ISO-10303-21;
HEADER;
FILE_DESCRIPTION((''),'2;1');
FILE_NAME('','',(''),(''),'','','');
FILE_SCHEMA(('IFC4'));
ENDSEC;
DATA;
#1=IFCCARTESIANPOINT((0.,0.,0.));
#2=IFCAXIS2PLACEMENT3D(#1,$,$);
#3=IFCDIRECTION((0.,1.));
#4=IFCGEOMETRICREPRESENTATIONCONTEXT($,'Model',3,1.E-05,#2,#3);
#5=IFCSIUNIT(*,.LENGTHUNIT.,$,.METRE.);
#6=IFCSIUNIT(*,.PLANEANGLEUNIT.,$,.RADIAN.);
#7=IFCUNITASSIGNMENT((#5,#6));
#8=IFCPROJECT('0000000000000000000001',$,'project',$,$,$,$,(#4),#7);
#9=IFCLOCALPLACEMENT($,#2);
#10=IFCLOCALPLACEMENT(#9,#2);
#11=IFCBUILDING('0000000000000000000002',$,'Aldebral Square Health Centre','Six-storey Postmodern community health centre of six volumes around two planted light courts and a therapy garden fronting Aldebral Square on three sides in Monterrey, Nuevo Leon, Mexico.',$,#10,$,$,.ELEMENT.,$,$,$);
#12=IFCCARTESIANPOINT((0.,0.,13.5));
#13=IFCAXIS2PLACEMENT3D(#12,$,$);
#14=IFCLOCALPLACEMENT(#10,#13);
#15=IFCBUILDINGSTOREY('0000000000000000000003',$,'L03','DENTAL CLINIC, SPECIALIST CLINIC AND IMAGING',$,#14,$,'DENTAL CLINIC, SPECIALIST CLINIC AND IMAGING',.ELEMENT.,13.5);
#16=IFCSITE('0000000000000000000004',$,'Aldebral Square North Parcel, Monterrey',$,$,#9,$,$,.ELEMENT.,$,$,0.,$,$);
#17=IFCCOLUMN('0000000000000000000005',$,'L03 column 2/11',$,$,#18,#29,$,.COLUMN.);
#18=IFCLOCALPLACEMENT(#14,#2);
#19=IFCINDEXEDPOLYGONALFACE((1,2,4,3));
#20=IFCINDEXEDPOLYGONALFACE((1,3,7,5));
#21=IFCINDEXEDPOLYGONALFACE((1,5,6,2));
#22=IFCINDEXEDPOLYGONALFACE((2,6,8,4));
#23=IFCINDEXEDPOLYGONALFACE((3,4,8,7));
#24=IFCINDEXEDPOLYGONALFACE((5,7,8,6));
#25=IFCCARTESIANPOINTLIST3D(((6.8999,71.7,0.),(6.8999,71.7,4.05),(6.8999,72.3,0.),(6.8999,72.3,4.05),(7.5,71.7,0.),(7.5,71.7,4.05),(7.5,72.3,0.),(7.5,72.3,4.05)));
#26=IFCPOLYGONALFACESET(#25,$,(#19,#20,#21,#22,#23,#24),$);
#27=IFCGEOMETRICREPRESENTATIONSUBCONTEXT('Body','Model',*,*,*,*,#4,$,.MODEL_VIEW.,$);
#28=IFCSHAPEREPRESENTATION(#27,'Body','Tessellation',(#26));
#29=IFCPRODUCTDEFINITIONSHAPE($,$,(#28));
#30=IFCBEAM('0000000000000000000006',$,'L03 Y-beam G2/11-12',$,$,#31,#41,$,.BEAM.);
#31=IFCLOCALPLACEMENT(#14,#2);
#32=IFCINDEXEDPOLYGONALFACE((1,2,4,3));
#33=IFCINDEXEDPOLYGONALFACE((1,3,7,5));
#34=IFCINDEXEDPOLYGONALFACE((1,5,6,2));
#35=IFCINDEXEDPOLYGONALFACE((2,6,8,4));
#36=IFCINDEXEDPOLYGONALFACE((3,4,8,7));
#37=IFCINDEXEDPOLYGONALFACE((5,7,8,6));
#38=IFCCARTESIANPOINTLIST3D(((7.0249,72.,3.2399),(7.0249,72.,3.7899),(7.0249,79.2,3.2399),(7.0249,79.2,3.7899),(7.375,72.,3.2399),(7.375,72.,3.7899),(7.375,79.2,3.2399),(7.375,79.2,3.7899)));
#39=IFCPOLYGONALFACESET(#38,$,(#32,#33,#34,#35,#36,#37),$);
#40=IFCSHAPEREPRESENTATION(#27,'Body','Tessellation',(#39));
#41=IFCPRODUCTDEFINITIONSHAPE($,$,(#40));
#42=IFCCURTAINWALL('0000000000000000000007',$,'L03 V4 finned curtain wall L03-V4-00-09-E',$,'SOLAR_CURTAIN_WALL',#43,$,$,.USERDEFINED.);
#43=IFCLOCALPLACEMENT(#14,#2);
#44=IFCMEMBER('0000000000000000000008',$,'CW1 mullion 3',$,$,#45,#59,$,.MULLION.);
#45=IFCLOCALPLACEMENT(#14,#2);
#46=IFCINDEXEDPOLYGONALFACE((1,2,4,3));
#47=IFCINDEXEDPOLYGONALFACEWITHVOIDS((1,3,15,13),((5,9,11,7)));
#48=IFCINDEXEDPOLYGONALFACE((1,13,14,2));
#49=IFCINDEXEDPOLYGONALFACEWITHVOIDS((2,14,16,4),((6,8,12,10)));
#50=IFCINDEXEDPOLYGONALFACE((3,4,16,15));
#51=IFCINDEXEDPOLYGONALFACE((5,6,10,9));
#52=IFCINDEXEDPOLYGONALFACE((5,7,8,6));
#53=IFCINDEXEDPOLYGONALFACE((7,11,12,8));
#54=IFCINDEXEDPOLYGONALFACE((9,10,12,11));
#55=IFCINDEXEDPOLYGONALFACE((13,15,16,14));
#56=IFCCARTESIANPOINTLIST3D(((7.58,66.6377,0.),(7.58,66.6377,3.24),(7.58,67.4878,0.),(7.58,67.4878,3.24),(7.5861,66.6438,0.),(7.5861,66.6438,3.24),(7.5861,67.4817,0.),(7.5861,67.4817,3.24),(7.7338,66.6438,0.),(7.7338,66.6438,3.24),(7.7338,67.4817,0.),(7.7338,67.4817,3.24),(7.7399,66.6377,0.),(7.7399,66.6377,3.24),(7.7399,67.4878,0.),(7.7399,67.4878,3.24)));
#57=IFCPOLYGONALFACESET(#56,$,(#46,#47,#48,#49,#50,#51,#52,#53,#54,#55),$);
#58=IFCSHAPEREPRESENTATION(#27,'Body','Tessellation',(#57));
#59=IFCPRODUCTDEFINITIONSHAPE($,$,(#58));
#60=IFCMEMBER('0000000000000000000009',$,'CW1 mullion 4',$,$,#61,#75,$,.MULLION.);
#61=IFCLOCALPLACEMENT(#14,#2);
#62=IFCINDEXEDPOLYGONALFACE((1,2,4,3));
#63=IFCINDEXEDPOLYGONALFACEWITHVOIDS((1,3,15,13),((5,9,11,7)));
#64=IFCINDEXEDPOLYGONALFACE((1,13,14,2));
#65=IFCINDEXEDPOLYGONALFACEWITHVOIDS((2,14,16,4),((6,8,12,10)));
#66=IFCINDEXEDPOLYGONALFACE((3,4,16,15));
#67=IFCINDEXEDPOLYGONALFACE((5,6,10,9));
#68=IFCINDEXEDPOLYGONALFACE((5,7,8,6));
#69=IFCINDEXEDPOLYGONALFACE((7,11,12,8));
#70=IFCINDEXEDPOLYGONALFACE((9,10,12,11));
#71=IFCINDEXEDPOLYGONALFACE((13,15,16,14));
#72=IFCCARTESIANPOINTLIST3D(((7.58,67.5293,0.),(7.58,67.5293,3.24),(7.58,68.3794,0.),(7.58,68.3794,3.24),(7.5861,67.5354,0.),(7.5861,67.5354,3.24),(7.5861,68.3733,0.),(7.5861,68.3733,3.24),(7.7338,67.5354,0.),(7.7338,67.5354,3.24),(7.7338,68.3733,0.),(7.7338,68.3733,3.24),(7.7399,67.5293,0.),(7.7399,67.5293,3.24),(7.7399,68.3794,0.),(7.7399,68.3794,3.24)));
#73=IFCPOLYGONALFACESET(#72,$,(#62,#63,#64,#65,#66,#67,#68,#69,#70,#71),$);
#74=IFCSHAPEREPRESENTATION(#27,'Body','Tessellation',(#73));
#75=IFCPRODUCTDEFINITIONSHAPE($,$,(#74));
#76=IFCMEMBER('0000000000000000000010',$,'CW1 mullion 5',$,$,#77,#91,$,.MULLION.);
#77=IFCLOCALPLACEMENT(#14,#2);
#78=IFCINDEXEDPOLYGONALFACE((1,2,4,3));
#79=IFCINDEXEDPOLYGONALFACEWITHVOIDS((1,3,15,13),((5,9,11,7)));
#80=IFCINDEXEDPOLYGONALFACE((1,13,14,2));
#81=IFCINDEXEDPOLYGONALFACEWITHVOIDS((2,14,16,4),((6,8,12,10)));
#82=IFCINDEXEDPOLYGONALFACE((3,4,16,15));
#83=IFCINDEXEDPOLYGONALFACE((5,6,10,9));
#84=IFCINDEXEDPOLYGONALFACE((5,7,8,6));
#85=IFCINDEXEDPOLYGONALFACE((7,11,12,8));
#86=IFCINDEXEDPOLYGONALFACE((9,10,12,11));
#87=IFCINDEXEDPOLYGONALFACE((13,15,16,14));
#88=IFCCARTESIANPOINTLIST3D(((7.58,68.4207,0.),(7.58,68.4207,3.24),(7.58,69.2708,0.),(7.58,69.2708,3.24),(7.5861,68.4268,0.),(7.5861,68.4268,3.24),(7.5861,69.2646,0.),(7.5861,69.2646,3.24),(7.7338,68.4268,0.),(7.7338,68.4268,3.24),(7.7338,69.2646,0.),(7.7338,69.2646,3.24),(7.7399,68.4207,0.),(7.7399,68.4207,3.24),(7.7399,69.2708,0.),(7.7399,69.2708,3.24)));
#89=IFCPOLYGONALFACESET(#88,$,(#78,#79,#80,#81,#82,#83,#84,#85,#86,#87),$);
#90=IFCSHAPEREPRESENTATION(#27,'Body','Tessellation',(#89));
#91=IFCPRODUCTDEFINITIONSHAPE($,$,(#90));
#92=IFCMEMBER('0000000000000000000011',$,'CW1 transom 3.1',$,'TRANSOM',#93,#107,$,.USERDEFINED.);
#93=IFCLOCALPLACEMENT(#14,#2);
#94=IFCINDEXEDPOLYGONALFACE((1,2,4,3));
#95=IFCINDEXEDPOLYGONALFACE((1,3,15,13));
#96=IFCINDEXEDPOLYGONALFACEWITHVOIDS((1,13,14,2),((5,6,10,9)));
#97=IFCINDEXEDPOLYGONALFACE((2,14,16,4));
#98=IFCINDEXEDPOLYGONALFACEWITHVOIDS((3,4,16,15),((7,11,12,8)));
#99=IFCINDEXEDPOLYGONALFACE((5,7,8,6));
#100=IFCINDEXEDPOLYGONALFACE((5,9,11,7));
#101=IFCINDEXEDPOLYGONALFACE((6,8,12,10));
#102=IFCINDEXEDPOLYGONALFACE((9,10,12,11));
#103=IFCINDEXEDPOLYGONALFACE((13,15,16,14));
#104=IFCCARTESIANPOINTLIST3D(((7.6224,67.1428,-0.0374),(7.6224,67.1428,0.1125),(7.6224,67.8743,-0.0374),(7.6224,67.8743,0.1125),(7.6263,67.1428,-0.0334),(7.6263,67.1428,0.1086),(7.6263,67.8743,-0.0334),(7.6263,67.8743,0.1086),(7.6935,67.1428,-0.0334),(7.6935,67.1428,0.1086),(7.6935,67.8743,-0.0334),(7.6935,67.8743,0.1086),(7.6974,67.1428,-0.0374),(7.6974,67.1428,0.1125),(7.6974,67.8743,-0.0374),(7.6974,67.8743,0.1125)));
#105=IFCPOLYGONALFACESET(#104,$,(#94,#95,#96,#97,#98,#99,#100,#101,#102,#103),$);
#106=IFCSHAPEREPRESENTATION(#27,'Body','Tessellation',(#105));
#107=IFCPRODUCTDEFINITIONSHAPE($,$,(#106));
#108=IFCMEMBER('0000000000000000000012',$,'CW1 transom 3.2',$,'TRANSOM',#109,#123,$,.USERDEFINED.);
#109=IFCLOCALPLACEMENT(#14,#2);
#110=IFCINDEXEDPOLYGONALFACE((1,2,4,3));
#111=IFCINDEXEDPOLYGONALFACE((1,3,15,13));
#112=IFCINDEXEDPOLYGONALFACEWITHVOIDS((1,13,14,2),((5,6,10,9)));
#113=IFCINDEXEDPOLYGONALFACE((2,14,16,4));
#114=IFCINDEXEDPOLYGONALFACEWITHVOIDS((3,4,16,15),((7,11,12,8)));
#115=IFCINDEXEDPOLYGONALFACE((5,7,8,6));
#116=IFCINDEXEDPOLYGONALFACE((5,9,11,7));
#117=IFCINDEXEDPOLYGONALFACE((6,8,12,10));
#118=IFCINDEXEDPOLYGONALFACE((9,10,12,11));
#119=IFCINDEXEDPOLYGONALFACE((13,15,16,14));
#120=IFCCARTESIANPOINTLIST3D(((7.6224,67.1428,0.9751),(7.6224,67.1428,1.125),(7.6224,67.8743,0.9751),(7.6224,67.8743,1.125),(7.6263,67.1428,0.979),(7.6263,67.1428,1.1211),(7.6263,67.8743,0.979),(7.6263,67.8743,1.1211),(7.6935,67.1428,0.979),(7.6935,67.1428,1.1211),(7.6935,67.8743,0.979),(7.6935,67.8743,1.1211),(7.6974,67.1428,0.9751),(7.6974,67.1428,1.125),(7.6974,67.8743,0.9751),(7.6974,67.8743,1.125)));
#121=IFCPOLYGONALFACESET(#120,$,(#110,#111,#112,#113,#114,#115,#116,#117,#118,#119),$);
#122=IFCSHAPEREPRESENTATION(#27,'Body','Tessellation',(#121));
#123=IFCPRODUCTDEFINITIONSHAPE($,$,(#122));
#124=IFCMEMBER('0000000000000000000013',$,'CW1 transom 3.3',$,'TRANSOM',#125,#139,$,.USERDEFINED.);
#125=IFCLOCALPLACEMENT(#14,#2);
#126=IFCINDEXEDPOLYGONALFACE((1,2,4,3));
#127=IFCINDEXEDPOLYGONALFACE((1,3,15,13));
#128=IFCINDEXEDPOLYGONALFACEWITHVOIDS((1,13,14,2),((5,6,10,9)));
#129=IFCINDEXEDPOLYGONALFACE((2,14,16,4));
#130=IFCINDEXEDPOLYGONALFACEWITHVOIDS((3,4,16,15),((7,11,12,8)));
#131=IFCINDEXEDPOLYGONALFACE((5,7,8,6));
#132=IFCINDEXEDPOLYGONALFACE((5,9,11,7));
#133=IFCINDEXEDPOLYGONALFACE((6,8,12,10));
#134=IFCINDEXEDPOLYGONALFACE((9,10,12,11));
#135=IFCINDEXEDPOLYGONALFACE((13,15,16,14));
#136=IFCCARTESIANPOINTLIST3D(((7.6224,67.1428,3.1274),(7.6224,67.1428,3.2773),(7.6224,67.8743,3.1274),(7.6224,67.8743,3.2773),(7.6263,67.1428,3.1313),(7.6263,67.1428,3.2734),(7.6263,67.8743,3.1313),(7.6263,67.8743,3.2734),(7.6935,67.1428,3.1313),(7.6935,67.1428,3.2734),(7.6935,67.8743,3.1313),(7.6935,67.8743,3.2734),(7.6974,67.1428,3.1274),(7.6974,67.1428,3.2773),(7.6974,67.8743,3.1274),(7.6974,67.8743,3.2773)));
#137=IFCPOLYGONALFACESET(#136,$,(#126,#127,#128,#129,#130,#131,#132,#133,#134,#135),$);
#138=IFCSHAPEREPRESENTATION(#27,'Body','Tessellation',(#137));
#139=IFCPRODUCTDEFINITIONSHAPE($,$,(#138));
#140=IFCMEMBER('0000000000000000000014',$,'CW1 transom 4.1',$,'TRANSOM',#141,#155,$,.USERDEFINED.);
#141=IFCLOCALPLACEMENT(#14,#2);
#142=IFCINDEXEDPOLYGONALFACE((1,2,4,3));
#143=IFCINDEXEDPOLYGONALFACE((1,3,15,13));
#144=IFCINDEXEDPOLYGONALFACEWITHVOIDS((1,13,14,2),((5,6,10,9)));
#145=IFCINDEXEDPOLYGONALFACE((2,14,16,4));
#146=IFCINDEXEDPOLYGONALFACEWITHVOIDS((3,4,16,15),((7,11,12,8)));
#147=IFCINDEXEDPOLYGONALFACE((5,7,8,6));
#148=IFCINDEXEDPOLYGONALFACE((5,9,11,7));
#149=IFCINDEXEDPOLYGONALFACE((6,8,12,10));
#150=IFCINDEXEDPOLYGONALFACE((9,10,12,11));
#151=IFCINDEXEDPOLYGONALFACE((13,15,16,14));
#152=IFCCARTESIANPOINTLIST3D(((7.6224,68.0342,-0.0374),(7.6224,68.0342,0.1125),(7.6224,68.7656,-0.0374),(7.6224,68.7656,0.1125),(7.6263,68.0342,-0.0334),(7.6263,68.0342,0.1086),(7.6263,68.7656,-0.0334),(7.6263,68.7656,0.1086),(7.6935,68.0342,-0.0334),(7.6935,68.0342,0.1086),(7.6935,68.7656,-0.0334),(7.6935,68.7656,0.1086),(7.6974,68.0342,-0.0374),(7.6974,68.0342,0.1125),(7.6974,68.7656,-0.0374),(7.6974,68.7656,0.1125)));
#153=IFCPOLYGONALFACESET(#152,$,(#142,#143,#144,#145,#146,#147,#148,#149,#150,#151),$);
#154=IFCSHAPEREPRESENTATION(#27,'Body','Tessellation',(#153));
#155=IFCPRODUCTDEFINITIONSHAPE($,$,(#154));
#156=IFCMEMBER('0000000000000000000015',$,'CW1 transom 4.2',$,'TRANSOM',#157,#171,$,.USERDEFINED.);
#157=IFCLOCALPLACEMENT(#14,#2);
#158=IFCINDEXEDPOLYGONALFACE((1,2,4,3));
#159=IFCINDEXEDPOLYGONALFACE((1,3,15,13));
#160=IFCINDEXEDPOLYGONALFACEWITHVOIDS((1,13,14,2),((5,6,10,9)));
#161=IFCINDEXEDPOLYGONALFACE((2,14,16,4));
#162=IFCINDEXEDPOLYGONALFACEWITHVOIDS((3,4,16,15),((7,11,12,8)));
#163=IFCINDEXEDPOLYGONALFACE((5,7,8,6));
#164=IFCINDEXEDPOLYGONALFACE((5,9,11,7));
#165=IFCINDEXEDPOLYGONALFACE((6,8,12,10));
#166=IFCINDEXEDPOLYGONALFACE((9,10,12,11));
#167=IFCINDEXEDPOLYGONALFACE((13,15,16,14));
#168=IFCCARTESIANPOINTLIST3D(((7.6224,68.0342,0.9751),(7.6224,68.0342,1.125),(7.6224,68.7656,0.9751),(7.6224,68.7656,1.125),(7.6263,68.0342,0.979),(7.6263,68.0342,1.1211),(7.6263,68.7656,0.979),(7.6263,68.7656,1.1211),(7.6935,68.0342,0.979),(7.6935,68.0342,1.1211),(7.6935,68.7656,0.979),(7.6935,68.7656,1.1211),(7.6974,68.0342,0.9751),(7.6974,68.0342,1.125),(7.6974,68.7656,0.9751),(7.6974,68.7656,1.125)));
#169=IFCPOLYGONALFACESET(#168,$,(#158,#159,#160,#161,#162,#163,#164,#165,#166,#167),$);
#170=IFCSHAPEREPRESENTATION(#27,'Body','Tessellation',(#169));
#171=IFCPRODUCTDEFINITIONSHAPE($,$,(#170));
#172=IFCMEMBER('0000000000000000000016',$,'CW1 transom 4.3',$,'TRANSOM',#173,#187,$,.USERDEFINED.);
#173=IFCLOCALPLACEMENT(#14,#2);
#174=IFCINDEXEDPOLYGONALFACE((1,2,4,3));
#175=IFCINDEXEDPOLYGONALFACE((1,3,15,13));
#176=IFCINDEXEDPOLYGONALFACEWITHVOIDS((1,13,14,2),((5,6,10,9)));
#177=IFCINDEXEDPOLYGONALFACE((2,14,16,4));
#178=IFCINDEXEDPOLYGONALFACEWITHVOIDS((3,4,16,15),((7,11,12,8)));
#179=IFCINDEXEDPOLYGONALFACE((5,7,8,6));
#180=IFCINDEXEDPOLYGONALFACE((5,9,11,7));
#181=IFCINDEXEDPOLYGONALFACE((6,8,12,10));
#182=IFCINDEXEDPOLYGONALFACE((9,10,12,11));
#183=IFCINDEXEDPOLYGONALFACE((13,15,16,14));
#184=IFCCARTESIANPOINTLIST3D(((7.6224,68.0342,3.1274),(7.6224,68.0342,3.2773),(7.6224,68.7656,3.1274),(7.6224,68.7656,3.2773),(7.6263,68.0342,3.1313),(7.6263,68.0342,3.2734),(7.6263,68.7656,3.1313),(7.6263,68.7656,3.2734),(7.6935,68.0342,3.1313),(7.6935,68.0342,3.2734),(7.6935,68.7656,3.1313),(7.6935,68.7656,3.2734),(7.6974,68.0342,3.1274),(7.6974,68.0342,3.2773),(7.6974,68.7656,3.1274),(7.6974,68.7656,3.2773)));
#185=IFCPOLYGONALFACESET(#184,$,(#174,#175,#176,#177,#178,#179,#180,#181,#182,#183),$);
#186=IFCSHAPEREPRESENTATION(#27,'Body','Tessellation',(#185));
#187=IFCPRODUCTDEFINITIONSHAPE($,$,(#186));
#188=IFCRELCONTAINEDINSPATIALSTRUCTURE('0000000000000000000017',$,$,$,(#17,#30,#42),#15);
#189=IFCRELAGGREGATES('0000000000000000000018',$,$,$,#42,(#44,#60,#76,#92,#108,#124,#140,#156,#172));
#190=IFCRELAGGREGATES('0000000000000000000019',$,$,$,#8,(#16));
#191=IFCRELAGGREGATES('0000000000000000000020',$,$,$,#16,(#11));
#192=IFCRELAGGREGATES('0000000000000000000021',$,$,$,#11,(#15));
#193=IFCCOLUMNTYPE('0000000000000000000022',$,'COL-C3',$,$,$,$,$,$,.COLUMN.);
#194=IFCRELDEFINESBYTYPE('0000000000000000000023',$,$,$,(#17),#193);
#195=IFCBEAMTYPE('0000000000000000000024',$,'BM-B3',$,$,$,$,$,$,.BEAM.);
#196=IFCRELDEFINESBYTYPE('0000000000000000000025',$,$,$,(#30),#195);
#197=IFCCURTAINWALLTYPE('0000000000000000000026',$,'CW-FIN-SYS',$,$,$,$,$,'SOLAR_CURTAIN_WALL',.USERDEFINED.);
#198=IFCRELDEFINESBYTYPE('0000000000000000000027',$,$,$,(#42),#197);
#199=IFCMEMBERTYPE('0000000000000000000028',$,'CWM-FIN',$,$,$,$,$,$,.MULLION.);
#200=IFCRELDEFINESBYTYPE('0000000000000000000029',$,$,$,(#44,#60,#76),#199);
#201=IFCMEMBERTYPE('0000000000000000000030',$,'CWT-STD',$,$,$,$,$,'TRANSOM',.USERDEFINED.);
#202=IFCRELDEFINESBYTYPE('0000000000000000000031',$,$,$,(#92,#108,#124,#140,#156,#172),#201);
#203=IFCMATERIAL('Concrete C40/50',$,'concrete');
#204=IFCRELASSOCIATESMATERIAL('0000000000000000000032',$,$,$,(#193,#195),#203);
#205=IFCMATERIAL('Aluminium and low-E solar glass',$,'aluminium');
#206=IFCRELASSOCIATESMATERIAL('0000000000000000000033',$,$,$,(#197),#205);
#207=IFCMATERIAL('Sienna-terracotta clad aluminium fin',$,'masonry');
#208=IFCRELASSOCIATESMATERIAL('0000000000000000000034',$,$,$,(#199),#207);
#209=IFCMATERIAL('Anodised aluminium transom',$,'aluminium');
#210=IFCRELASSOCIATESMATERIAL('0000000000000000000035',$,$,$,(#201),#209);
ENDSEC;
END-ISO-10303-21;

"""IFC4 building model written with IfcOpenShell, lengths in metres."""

from ifc_helpers import new_model, si_unit, direction, frame, origin, origin_2d, place, context, subcontext, project, spatial, rectangle, hollow_rectangle, extrude, material, material_profile, profile_set, type_object, element, aggregate, save


model = new_model("IFC4")

# Units and contexts
model_context = context("Model", 3, precision=1e-05, world=origin(), true_north=direction((0.0, 1.0)))
body_context = subcontext(model_context, "Body", "Model", "MODEL_VIEW")
ifc_project = project(units=[si_unit("LENGTHUNIT", "METRE"), si_unit("PLANEANGLEUNIT", "RADIAN")], contexts=[model_context])

# Site, building, storey
site_placement = place(None, origin())
site = spatial("IfcSite", under=ifc_project, at=site_placement, Name="Aldebral Square North Parcel, Monterrey", CompositionType="ELEMENT", RefElevation=0.0)
building_placement = place(site_placement, origin())
building = spatial("IfcBuilding", under=site, at=building_placement, Name="Aldebral Square Health Centre", Description="Six-storey Postmodern community health centre of six volumes around two planted light courts and a therapy garden fronting Aldebral Square on three sides in Monterrey, Nuevo Leon, Mexico.", CompositionType="ELEMENT")
storey_placement = place(building_placement, frame((0.0, 0.0, 13.5)))
storey = spatial("IfcBuildingStorey", under=building, at=storey_placement, Name="L03", Description="DENTAL CLINIC, SPECIALIST CLINIC AND IMAGING", LongName="DENTAL CLINIC, SPECIALIST CLINIC AND IMAGING", CompositionType="ELEMENT", Elevation=13.5)

# Column
ifc_material_1 = material(Name="Concrete C40/50", Category="concrete")
ifc_material_profile_1 = material_profile(ifc_material_1, rectangle(XDim=0.6001, YDim=0.6001, at=origin_2d()), Name="RC 600x600")
ifc_profile_set_1 = profile_set([ifc_material_profile_1], Name="Concrete C40/50")
column_type = type_object("IfcColumnType", Name="COL-C3", PredefinedType="COLUMN", material=ifc_profile_set_1)
column_placement = place(storey_placement, frame((7.2, 72.0, 0.0), z_axis=(0.0, 0.0, 1.0), x_axis=(1.0, 0.0, 0.0)))
element("IfcColumn", 1, at=column_placement, inside=storey, type_object=column_type, Name="L03 column 2/11", PredefinedType="COLUMN", context=body_context, shape_type="SweptSolid", body=[
    extrude(rectangle(XDim=0.6001, YDim=0.6001, at=origin_2d()), origin(), (0.0, 0.0, 1.0), 4.05),
])

# Beam
ifc_material_profile_2 = material_profile(ifc_material_1, rectangle(XDim=0.3501, YDim=0.55, at=origin_2d()), Name="RC 350x550")
ifc_profile_set_2 = profile_set([ifc_material_profile_2], Name="Concrete C40/50")
beam_type = type_object("IfcBeamType", Name="BM-B3", PredefinedType="BEAM", material=ifc_profile_set_2)
beam_placement = place(storey_placement, frame((7.2, 72.0, 3.5149), z_axis=(0.0, 1.0, 0.0), x_axis=(-1.0, 0.0, 0.0)))
element("IfcBeam", 2, at=beam_placement, inside=storey, type_object=beam_type, Name="L03 Y-beam G2/11-12", PredefinedType="BEAM", context=body_context, shape_type="SweptSolid", body=[
    extrude(rectangle(XDim=0.3501, YDim=0.55, at=origin_2d()), origin(), (0.0, 0.0, 1.0), 7.2),
])

# Curtain wall, members
ifc_material_2 = material(Name="Aluminium and low-E solar glass", Category="aluminium")
curtain_wall_type = type_object("IfcCurtainWallType", Name="CW-FIN-SYS", ElementType="SOLAR_CURTAIN_WALL", PredefinedType="USERDEFINED", material=ifc_material_2)
curtain_wall_placement = place(storey_placement, origin())
curtain_wall = element("IfcCurtainWall", 3, at=curtain_wall_placement, inside=storey, type_object=curtain_wall_type, Name="L03 V4 finned curtain wall L03-V4-00-09-E", ObjectType="SOLAR_CURTAIN_WALL", PredefinedType="USERDEFINED")
ifc_material_3 = material(Name="Sienna-terracotta clad aluminium fin", Category="masonry")
ifc_material_profile_3 = material_profile(ifc_material_3, hollow_rectangle(XDim=0.1599, YDim=0.8501, WallThickness=0.0061, at=origin_2d()), Name="FIN 160x850x6")
ifc_profile_set_3 = profile_set([ifc_material_profile_3], Name="Sienna-terracotta clad aluminium fin")
member_type_1 = type_object("IfcMemberType", Name="CWM-FIN", PredefinedType="MULLION", material=ifc_profile_set_3)
member_1_placement = place(storey_placement, frame((7.6599, 67.0627, 0.0), z_axis=(0.0, 0.0, 1.0), x_axis=(-1.0, 0.0, 0.0)))
member_1 = element("IfcMember", 4, at=member_1_placement, type_object=member_type_1, Name="CW1 mullion 3", PredefinedType="MULLION", context=body_context, shape_type="SweptSolid", body=[
    extrude(hollow_rectangle(XDim=0.1599, YDim=0.8501, WallThickness=0.0061, at=origin_2d()), origin(), (0.0, 0.0, 1.0), 3.24),
])
member_2_placement = place(storey_placement, frame((7.6599, 67.9543, 0.0), z_axis=(0.0, 0.0, 1.0), x_axis=(-1.0, 0.0, 0.0)))
member_2 = element("IfcMember", 5, at=member_2_placement, type_object=member_type_1, Name="CW1 mullion 4", PredefinedType="MULLION", context=body_context, shape_type="SweptSolid", body=[
    extrude(hollow_rectangle(XDim=0.1599, YDim=0.8501, WallThickness=0.0061, at=origin_2d()), origin(), (0.0, 0.0, 1.0), 3.24),
])
member_3_placement = place(storey_placement, frame((7.6599, 68.8457, 0.0), z_axis=(0.0, 0.0, 1.0), x_axis=(-1.0, 0.0, 0.0)))
member_3 = element("IfcMember", 6, at=member_3_placement, type_object=member_type_1, Name="CW1 mullion 5", PredefinedType="MULLION", context=body_context, shape_type="SweptSolid", body=[
    extrude(hollow_rectangle(XDim=0.1599, YDim=0.8501, WallThickness=0.0061, at=origin_2d()), origin(), (0.0, 0.0, 1.0), 3.24),
])
ifc_material_4 = material(Name="Anodised aluminium transom", Category="aluminium")
ifc_material_profile_4 = material_profile(ifc_material_4, hollow_rectangle(XDim=0.075, YDim=0.1499, WallThickness=0.0039, at=origin_2d()), Name="CWT 75x150x4")
ifc_profile_set_4 = profile_set([ifc_material_profile_4], Name="Anodised aluminium transom")
member_type_2 = type_object("IfcMemberType", Name="CWT-STD", ElementType="TRANSOM", PredefinedType="USERDEFINED", material=ifc_profile_set_4)
member_4_placement = place(storey_placement, frame((7.6599, 67.1428, 0.0376), z_axis=(0.0, 1.0, 0.0), x_axis=(-1.0, 0.0, 0.0)))
member_4 = element("IfcMember", 7, at=member_4_placement, type_object=member_type_2, Name="CW1 transom 3.1", ObjectType="TRANSOM", PredefinedType="USERDEFINED", context=body_context, shape_type="SweptSolid", body=[
    extrude(hollow_rectangle(XDim=0.075, YDim=0.1499, WallThickness=0.0039, at=origin_2d()), origin(), (0.0, 0.0, 1.0), 0.7314),
])
member_5_placement = place(storey_placement, frame((7.6599, 67.1428, 1.05), z_axis=(0.0, 1.0, 0.0), x_axis=(-1.0, 0.0, 0.0)))
member_5 = element("IfcMember", 8, at=member_5_placement, type_object=member_type_2, Name="CW1 transom 3.2", ObjectType="TRANSOM", PredefinedType="USERDEFINED", context=body_context, shape_type="SweptSolid", body=[
    extrude(hollow_rectangle(XDim=0.075, YDim=0.1499, WallThickness=0.0039, at=origin_2d()), origin(), (0.0, 0.0, 1.0), 0.7314),
])
member_6_placement = place(storey_placement, frame((7.6599, 67.1428, 3.2024), z_axis=(0.0, 1.0, 0.0), x_axis=(-1.0, 0.0, 0.0)))
member_6 = element("IfcMember", 9, at=member_6_placement, type_object=member_type_2, Name="CW1 transom 3.3", ObjectType="TRANSOM", PredefinedType="USERDEFINED", context=body_context, shape_type="SweptSolid", body=[
    extrude(hollow_rectangle(XDim=0.075, YDim=0.1499, WallThickness=0.0039, at=origin_2d()), origin(), (0.0, 0.0, 1.0), 0.7314),
])
member_7_placement = place(storey_placement, frame((7.6599, 68.0342, 0.0376), z_axis=(0.0, 1.0, 0.0), x_axis=(-1.0, 0.0, 0.0)))
member_7 = element("IfcMember", 10, at=member_7_placement, type_object=member_type_2, Name="CW1 transom 4.1", ObjectType="TRANSOM", PredefinedType="USERDEFINED", context=body_context, shape_type="SweptSolid", body=[
    extrude(hollow_rectangle(XDim=0.075, YDim=0.1499, WallThickness=0.0039, at=origin_2d()), origin(), (0.0, 0.0, 1.0), 0.7314),
])
member_8_placement = place(storey_placement, frame((7.6599, 68.0342, 1.05), z_axis=(0.0, 1.0, 0.0), x_axis=(-1.0, 0.0, 0.0)))
member_8 = element("IfcMember", 11, at=member_8_placement, type_object=member_type_2, Name="CW1 transom 4.2", ObjectType="TRANSOM", PredefinedType="USERDEFINED", context=body_context, shape_type="SweptSolid", body=[
    extrude(hollow_rectangle(XDim=0.075, YDim=0.1499, WallThickness=0.0039, at=origin_2d()), origin(), (0.0, 0.0, 1.0), 0.7314),
])
member_9_placement = place(storey_placement, frame((7.6599, 68.0342, 3.2024), z_axis=(0.0, 1.0, 0.0), x_axis=(-1.0, 0.0, 0.0)))
member_9 = element("IfcMember", 12, at=member_9_placement, type_object=member_type_2, Name="CW1 transom 4.3", ObjectType="TRANSOM", PredefinedType="USERDEFINED", context=body_context, shape_type="SweptSolid", body=[
    extrude(hollow_rectangle(XDim=0.075, YDim=0.1499, WallThickness=0.0039, at=origin_2d()), origin(), (0.0, 0.0, 1.0), 0.7314),
])
aggregate(curtain_wall, [member_1, member_2, member_3, member_4, member_5, member_6, member_7, member_8, member_9])

save(model, "model.ifc")
